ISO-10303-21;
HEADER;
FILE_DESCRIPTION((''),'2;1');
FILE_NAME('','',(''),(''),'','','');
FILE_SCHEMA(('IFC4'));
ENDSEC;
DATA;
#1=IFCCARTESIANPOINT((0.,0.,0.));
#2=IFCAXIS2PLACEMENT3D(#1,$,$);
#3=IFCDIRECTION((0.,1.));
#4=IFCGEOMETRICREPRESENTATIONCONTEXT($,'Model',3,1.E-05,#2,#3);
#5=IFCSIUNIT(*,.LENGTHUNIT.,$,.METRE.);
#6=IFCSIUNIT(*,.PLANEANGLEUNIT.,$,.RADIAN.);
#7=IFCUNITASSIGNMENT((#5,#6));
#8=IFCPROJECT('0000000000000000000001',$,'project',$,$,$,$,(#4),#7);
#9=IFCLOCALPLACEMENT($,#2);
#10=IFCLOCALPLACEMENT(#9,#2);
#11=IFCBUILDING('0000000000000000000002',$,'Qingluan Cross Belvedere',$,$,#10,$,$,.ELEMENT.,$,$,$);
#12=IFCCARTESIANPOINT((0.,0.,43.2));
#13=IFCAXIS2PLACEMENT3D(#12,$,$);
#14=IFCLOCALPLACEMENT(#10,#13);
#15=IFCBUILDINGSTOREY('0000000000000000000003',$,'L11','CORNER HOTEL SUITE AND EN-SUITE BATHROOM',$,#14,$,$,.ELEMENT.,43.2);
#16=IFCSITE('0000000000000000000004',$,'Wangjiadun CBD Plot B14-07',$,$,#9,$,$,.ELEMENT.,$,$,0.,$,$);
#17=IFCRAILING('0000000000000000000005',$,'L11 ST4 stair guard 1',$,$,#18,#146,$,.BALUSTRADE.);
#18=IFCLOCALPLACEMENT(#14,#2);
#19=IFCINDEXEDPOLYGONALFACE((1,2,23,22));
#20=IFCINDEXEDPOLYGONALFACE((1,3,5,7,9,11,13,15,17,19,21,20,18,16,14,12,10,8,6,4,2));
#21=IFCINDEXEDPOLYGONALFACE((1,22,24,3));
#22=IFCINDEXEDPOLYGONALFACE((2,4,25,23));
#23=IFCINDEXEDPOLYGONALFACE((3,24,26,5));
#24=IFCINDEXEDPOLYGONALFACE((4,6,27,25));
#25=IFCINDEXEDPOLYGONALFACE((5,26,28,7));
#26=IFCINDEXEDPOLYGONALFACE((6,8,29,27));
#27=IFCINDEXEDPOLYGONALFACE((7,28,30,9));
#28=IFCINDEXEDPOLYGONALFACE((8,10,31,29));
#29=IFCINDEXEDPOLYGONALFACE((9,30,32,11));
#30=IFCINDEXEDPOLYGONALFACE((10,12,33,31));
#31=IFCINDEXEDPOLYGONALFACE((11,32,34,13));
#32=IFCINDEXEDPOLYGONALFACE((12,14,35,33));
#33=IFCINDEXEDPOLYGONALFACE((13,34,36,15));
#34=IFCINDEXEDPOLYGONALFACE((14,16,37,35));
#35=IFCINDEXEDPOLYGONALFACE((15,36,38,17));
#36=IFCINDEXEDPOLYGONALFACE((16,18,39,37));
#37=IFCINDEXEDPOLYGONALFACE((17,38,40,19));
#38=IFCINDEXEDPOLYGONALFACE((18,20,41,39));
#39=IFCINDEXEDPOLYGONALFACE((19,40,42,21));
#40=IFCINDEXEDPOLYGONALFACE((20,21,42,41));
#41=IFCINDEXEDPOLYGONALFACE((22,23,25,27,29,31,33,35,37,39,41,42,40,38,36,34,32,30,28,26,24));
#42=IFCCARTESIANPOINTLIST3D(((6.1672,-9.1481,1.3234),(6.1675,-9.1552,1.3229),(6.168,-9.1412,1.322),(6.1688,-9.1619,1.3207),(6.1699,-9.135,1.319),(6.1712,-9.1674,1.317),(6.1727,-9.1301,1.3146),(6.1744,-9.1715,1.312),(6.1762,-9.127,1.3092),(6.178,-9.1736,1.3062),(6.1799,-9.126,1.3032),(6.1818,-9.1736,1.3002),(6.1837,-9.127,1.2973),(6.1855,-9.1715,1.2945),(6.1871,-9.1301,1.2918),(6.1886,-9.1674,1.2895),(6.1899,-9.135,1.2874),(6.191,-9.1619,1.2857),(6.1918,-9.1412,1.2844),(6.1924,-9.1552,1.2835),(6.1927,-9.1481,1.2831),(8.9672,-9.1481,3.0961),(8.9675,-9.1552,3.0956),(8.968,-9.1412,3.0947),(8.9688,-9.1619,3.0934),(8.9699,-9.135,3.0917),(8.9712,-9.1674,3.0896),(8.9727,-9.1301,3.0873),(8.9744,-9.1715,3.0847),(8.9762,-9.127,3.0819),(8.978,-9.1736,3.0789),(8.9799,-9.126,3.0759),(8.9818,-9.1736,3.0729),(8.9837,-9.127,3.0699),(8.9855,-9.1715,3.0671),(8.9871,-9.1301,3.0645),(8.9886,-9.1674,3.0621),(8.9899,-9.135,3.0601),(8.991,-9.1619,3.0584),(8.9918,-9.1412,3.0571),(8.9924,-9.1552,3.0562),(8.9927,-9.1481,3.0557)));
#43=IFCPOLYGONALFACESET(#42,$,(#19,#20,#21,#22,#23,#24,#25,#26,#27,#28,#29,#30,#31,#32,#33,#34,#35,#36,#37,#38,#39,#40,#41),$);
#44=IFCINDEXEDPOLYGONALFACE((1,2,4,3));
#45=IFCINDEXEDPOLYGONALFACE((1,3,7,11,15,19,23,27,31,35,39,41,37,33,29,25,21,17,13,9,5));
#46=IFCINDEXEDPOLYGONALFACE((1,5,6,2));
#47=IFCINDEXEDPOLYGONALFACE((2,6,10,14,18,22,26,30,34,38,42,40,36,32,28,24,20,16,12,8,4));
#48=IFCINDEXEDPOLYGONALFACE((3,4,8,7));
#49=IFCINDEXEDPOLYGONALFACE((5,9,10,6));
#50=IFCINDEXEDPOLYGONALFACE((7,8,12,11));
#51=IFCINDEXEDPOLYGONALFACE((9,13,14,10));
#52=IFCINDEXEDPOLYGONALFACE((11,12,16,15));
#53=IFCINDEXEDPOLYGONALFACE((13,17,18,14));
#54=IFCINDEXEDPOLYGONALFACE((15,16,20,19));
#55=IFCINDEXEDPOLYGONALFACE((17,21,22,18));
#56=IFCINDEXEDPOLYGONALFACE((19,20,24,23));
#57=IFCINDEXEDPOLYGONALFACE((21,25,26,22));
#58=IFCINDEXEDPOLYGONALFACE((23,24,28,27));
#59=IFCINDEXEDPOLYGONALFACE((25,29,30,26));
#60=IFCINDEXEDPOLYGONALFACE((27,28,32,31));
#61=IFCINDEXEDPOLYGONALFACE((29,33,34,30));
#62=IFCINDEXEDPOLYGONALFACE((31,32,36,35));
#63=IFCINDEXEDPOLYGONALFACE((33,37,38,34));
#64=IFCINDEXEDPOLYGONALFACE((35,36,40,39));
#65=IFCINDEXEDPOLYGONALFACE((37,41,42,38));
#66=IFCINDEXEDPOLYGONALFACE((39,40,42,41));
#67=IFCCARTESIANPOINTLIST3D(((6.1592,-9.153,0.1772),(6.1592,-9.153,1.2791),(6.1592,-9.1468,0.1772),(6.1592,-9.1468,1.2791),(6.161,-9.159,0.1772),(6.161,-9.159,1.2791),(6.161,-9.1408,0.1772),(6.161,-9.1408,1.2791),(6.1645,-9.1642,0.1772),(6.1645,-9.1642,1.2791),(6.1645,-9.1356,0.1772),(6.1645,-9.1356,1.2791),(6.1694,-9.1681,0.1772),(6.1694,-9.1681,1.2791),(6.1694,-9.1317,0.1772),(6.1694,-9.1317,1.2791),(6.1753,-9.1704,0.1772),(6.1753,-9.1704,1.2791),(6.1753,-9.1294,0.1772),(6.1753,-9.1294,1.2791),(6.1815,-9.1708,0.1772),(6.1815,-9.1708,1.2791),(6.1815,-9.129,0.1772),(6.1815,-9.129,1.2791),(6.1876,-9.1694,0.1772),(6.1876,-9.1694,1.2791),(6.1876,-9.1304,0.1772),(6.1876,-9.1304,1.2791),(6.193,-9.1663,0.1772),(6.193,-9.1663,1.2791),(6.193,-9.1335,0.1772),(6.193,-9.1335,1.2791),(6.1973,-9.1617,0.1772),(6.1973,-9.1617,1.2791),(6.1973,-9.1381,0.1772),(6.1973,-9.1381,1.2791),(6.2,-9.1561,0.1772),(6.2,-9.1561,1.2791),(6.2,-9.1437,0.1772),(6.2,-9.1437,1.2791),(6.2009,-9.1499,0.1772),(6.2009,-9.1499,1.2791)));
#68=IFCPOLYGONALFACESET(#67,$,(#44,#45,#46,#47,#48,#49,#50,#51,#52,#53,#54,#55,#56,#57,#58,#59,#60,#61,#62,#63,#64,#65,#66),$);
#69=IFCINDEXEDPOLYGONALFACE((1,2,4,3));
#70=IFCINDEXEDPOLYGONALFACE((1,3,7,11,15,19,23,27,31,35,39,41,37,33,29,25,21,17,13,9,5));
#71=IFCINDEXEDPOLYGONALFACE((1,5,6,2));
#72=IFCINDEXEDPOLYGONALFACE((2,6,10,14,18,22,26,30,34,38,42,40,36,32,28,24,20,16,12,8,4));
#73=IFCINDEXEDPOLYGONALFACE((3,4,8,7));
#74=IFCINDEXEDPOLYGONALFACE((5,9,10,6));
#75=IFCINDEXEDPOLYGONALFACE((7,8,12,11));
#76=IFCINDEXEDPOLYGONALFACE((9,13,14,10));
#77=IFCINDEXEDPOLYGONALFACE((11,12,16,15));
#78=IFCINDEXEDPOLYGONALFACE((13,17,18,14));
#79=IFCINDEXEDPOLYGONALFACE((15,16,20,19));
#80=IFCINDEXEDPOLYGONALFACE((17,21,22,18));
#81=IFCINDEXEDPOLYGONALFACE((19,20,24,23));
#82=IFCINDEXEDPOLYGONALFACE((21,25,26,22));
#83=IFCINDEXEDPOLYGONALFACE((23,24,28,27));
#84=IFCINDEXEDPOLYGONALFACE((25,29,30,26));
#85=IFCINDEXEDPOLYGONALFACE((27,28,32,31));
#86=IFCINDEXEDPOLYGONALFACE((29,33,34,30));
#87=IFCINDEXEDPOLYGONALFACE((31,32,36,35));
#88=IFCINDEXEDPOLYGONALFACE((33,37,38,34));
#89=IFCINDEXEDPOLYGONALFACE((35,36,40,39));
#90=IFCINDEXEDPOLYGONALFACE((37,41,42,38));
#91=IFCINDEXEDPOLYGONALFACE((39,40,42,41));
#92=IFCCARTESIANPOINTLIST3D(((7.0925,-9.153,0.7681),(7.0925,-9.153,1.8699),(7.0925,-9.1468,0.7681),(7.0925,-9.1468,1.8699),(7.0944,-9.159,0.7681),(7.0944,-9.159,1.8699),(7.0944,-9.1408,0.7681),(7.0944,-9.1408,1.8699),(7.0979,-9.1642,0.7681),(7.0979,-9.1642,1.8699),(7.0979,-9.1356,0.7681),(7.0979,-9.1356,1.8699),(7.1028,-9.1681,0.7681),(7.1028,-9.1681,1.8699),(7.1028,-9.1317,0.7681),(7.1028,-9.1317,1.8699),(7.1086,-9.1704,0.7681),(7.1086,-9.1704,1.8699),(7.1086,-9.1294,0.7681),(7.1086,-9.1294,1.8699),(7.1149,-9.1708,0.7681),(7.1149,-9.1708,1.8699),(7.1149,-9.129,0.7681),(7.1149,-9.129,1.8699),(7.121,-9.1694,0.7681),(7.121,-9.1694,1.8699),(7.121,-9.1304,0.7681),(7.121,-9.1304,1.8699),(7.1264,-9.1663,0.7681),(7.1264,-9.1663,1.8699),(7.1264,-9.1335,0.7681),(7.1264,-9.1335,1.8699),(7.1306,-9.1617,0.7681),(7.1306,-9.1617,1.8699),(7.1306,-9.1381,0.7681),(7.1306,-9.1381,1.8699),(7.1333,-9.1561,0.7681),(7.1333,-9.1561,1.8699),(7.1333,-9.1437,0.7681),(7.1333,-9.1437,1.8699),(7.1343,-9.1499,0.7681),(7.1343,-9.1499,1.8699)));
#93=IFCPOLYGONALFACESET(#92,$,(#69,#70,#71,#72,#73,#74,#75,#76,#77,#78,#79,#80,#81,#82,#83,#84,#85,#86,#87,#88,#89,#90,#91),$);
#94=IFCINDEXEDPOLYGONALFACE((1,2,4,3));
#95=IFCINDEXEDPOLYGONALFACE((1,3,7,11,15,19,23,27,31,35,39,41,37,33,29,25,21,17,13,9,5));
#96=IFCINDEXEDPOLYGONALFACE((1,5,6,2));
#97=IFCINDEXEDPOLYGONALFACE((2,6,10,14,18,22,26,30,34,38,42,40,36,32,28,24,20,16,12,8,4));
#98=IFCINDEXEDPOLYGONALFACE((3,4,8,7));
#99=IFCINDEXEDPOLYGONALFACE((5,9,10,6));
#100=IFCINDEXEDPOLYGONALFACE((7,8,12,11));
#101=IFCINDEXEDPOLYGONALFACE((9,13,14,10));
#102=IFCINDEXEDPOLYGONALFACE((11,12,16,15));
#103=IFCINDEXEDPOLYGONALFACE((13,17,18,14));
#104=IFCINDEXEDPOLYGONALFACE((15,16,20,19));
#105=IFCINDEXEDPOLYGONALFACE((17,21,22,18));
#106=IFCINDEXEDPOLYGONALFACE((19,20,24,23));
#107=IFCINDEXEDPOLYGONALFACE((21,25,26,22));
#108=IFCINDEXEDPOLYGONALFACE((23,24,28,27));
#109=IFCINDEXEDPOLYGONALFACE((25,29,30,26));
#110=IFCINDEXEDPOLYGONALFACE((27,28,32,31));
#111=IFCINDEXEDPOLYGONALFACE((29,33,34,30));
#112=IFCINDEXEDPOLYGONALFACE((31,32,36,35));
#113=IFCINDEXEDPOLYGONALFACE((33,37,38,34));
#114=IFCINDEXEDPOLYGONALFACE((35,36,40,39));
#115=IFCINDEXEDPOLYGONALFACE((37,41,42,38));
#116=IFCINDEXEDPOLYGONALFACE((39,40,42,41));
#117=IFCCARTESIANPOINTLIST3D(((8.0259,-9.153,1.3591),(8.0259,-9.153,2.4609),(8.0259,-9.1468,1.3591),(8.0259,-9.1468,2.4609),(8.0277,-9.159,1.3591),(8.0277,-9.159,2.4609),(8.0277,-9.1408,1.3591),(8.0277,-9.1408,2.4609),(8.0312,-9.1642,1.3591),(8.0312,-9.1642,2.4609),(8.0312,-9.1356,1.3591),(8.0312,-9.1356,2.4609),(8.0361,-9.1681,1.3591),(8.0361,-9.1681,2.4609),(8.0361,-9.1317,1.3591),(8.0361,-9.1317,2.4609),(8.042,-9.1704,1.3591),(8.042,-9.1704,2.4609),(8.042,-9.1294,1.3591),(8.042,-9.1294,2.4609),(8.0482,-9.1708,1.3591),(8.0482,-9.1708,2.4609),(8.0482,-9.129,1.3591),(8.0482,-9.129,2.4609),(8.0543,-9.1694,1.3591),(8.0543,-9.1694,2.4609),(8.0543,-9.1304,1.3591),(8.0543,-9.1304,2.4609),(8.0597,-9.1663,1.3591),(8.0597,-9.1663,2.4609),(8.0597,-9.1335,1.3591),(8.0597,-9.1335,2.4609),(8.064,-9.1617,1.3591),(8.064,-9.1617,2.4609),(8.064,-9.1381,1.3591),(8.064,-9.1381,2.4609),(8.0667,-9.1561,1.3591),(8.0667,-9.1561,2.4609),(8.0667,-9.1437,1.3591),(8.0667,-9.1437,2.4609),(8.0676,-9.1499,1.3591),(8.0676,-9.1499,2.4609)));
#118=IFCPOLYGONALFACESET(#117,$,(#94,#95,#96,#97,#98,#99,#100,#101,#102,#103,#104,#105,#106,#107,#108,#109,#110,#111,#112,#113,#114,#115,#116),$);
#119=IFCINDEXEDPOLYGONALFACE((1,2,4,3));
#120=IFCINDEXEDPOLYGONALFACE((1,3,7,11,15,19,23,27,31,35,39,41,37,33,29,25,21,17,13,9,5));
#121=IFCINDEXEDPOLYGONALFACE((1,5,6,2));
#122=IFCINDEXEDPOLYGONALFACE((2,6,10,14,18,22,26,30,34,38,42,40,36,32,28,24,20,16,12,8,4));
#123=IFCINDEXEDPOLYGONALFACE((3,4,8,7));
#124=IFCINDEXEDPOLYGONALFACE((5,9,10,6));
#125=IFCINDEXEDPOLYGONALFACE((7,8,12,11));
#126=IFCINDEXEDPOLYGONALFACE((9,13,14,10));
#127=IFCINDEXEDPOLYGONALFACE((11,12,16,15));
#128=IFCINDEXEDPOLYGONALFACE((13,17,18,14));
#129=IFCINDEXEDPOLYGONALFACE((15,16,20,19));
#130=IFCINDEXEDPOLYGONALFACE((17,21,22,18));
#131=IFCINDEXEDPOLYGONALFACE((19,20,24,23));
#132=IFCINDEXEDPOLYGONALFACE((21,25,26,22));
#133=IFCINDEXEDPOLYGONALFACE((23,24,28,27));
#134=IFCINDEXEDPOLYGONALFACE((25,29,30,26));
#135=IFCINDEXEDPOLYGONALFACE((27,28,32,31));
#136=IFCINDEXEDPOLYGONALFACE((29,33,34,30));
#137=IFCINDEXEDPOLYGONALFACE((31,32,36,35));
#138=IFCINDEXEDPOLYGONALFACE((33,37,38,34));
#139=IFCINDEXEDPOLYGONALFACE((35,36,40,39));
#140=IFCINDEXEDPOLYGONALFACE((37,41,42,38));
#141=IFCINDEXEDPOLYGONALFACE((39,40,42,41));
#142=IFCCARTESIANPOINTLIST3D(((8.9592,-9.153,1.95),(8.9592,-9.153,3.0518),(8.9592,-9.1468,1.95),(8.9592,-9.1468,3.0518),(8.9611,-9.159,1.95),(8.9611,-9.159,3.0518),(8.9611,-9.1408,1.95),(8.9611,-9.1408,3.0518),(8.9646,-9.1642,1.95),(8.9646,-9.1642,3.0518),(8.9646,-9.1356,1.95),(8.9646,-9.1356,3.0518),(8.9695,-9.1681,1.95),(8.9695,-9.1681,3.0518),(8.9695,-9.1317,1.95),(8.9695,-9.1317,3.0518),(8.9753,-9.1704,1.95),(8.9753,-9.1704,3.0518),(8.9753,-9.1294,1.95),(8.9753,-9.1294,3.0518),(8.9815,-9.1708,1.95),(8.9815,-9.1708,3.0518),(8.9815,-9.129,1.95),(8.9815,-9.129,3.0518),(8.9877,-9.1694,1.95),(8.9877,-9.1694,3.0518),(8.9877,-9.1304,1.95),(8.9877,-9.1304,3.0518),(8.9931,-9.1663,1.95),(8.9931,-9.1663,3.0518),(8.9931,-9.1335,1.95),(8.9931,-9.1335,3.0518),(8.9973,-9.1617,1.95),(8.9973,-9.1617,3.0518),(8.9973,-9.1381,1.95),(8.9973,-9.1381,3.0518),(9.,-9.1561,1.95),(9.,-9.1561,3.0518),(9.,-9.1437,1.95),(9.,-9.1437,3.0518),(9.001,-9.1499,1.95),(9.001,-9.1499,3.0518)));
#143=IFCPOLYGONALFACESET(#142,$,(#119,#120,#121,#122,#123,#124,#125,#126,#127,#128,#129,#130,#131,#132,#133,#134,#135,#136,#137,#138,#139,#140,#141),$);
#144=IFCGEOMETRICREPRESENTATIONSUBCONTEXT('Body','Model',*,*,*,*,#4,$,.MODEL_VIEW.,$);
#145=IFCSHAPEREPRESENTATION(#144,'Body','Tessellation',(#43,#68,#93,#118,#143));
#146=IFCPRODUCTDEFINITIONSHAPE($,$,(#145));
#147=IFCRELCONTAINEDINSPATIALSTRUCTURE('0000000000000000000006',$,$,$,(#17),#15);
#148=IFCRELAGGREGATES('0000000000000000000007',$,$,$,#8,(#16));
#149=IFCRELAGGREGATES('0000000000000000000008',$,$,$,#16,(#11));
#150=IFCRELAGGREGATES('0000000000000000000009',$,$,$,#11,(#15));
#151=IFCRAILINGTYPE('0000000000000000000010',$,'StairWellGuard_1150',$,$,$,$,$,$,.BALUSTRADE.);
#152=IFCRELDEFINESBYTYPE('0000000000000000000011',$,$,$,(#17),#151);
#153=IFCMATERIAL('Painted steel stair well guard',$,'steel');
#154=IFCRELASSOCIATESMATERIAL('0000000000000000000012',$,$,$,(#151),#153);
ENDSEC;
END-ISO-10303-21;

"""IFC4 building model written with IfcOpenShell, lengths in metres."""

from ifc_helpers import new_model, si_unit, direction, frame, origin, origin_2d, place, context, subcontext, project, spatial, circle, extrude, material, type_object, element, save


model = new_model("IFC4")

# Units and contexts
model_context = context("Model", 3, precision=1e-05, world=origin(), true_north=direction((0.0, 1.0)))
body_context = subcontext(model_context, "Body", "Model", "MODEL_VIEW")
ifc_project = project(units=[si_unit("LENGTHUNIT", "METRE"), si_unit("PLANEANGLEUNIT", "RADIAN")], contexts=[model_context])

# Site, building, storey
site_placement = place(None, origin())
site = spatial("IfcSite", under=ifc_project, at=site_placement, Name="Wangjiadun CBD Plot B14-07", CompositionType="ELEMENT", RefElevation=0.0)
building_placement = place(site_placement, origin())
building = spatial("IfcBuilding", under=site, at=building_placement, Name="Qingluan Cross Belvedere", CompositionType="ELEMENT")
storey_placement = place(building_placement, frame((0.0, 0.0, 43.2)))
storey = spatial("IfcBuildingStorey", under=building, at=storey_placement, Name="L11", Description="CORNER HOTEL SUITE AND EN-SUITE BATHROOM", CompositionType="ELEMENT", Elevation=43.2)

# Railing
ifc_material_1 = material(Name="Painted steel stair well guard", Category="steel")
railing_type_1 = type_object("IfcRailingType", Name="StairWellGuard_1150", PredefinedType="BALUSTRADE", material=ifc_material_1)
railing_1_placement = place(storey_placement, frame((6.1799, -9.1499, 0.1772)))
element("IfcRailing", 1, at=railing_1_placement, inside=storey, type_object=railing_type_1, Name="L11 ST4 stair guard 1", PredefinedType="BALUSTRADE", context=body_context, shape_type="SweptSolid", body=[
    extrude(circle(Radius=0.0239, at=origin_2d()), frame((0.0, 0.0, 1.126), z_axis=(0.844909, 0.0, 0.53491), x_axis=(0.0, 1.0, 0.0)), (0.0, 0.0, 1.0), 3.314),
    extrude(circle(Radius=0.021, at=origin_2d()), origin(), (0.0, 0.0, 1.0), 1.1018),
    extrude(circle(Radius=0.021, at=origin_2d()), frame((0.9333, 0.0, 0.5908)), (0.0, 0.0, 1.0), 1.1018),
    extrude(circle(Radius=0.021, at=origin_2d()), frame((1.8667, 0.0, 1.1819)), (0.0, 0.0, 1.0), 1.1018),
    extrude(circle(Radius=0.021, at=origin_2d()), frame((2.8, 0.0, 1.7727)), (0.0, 0.0, 1.0), 1.1018),
])

save(model, "model.ifc")
